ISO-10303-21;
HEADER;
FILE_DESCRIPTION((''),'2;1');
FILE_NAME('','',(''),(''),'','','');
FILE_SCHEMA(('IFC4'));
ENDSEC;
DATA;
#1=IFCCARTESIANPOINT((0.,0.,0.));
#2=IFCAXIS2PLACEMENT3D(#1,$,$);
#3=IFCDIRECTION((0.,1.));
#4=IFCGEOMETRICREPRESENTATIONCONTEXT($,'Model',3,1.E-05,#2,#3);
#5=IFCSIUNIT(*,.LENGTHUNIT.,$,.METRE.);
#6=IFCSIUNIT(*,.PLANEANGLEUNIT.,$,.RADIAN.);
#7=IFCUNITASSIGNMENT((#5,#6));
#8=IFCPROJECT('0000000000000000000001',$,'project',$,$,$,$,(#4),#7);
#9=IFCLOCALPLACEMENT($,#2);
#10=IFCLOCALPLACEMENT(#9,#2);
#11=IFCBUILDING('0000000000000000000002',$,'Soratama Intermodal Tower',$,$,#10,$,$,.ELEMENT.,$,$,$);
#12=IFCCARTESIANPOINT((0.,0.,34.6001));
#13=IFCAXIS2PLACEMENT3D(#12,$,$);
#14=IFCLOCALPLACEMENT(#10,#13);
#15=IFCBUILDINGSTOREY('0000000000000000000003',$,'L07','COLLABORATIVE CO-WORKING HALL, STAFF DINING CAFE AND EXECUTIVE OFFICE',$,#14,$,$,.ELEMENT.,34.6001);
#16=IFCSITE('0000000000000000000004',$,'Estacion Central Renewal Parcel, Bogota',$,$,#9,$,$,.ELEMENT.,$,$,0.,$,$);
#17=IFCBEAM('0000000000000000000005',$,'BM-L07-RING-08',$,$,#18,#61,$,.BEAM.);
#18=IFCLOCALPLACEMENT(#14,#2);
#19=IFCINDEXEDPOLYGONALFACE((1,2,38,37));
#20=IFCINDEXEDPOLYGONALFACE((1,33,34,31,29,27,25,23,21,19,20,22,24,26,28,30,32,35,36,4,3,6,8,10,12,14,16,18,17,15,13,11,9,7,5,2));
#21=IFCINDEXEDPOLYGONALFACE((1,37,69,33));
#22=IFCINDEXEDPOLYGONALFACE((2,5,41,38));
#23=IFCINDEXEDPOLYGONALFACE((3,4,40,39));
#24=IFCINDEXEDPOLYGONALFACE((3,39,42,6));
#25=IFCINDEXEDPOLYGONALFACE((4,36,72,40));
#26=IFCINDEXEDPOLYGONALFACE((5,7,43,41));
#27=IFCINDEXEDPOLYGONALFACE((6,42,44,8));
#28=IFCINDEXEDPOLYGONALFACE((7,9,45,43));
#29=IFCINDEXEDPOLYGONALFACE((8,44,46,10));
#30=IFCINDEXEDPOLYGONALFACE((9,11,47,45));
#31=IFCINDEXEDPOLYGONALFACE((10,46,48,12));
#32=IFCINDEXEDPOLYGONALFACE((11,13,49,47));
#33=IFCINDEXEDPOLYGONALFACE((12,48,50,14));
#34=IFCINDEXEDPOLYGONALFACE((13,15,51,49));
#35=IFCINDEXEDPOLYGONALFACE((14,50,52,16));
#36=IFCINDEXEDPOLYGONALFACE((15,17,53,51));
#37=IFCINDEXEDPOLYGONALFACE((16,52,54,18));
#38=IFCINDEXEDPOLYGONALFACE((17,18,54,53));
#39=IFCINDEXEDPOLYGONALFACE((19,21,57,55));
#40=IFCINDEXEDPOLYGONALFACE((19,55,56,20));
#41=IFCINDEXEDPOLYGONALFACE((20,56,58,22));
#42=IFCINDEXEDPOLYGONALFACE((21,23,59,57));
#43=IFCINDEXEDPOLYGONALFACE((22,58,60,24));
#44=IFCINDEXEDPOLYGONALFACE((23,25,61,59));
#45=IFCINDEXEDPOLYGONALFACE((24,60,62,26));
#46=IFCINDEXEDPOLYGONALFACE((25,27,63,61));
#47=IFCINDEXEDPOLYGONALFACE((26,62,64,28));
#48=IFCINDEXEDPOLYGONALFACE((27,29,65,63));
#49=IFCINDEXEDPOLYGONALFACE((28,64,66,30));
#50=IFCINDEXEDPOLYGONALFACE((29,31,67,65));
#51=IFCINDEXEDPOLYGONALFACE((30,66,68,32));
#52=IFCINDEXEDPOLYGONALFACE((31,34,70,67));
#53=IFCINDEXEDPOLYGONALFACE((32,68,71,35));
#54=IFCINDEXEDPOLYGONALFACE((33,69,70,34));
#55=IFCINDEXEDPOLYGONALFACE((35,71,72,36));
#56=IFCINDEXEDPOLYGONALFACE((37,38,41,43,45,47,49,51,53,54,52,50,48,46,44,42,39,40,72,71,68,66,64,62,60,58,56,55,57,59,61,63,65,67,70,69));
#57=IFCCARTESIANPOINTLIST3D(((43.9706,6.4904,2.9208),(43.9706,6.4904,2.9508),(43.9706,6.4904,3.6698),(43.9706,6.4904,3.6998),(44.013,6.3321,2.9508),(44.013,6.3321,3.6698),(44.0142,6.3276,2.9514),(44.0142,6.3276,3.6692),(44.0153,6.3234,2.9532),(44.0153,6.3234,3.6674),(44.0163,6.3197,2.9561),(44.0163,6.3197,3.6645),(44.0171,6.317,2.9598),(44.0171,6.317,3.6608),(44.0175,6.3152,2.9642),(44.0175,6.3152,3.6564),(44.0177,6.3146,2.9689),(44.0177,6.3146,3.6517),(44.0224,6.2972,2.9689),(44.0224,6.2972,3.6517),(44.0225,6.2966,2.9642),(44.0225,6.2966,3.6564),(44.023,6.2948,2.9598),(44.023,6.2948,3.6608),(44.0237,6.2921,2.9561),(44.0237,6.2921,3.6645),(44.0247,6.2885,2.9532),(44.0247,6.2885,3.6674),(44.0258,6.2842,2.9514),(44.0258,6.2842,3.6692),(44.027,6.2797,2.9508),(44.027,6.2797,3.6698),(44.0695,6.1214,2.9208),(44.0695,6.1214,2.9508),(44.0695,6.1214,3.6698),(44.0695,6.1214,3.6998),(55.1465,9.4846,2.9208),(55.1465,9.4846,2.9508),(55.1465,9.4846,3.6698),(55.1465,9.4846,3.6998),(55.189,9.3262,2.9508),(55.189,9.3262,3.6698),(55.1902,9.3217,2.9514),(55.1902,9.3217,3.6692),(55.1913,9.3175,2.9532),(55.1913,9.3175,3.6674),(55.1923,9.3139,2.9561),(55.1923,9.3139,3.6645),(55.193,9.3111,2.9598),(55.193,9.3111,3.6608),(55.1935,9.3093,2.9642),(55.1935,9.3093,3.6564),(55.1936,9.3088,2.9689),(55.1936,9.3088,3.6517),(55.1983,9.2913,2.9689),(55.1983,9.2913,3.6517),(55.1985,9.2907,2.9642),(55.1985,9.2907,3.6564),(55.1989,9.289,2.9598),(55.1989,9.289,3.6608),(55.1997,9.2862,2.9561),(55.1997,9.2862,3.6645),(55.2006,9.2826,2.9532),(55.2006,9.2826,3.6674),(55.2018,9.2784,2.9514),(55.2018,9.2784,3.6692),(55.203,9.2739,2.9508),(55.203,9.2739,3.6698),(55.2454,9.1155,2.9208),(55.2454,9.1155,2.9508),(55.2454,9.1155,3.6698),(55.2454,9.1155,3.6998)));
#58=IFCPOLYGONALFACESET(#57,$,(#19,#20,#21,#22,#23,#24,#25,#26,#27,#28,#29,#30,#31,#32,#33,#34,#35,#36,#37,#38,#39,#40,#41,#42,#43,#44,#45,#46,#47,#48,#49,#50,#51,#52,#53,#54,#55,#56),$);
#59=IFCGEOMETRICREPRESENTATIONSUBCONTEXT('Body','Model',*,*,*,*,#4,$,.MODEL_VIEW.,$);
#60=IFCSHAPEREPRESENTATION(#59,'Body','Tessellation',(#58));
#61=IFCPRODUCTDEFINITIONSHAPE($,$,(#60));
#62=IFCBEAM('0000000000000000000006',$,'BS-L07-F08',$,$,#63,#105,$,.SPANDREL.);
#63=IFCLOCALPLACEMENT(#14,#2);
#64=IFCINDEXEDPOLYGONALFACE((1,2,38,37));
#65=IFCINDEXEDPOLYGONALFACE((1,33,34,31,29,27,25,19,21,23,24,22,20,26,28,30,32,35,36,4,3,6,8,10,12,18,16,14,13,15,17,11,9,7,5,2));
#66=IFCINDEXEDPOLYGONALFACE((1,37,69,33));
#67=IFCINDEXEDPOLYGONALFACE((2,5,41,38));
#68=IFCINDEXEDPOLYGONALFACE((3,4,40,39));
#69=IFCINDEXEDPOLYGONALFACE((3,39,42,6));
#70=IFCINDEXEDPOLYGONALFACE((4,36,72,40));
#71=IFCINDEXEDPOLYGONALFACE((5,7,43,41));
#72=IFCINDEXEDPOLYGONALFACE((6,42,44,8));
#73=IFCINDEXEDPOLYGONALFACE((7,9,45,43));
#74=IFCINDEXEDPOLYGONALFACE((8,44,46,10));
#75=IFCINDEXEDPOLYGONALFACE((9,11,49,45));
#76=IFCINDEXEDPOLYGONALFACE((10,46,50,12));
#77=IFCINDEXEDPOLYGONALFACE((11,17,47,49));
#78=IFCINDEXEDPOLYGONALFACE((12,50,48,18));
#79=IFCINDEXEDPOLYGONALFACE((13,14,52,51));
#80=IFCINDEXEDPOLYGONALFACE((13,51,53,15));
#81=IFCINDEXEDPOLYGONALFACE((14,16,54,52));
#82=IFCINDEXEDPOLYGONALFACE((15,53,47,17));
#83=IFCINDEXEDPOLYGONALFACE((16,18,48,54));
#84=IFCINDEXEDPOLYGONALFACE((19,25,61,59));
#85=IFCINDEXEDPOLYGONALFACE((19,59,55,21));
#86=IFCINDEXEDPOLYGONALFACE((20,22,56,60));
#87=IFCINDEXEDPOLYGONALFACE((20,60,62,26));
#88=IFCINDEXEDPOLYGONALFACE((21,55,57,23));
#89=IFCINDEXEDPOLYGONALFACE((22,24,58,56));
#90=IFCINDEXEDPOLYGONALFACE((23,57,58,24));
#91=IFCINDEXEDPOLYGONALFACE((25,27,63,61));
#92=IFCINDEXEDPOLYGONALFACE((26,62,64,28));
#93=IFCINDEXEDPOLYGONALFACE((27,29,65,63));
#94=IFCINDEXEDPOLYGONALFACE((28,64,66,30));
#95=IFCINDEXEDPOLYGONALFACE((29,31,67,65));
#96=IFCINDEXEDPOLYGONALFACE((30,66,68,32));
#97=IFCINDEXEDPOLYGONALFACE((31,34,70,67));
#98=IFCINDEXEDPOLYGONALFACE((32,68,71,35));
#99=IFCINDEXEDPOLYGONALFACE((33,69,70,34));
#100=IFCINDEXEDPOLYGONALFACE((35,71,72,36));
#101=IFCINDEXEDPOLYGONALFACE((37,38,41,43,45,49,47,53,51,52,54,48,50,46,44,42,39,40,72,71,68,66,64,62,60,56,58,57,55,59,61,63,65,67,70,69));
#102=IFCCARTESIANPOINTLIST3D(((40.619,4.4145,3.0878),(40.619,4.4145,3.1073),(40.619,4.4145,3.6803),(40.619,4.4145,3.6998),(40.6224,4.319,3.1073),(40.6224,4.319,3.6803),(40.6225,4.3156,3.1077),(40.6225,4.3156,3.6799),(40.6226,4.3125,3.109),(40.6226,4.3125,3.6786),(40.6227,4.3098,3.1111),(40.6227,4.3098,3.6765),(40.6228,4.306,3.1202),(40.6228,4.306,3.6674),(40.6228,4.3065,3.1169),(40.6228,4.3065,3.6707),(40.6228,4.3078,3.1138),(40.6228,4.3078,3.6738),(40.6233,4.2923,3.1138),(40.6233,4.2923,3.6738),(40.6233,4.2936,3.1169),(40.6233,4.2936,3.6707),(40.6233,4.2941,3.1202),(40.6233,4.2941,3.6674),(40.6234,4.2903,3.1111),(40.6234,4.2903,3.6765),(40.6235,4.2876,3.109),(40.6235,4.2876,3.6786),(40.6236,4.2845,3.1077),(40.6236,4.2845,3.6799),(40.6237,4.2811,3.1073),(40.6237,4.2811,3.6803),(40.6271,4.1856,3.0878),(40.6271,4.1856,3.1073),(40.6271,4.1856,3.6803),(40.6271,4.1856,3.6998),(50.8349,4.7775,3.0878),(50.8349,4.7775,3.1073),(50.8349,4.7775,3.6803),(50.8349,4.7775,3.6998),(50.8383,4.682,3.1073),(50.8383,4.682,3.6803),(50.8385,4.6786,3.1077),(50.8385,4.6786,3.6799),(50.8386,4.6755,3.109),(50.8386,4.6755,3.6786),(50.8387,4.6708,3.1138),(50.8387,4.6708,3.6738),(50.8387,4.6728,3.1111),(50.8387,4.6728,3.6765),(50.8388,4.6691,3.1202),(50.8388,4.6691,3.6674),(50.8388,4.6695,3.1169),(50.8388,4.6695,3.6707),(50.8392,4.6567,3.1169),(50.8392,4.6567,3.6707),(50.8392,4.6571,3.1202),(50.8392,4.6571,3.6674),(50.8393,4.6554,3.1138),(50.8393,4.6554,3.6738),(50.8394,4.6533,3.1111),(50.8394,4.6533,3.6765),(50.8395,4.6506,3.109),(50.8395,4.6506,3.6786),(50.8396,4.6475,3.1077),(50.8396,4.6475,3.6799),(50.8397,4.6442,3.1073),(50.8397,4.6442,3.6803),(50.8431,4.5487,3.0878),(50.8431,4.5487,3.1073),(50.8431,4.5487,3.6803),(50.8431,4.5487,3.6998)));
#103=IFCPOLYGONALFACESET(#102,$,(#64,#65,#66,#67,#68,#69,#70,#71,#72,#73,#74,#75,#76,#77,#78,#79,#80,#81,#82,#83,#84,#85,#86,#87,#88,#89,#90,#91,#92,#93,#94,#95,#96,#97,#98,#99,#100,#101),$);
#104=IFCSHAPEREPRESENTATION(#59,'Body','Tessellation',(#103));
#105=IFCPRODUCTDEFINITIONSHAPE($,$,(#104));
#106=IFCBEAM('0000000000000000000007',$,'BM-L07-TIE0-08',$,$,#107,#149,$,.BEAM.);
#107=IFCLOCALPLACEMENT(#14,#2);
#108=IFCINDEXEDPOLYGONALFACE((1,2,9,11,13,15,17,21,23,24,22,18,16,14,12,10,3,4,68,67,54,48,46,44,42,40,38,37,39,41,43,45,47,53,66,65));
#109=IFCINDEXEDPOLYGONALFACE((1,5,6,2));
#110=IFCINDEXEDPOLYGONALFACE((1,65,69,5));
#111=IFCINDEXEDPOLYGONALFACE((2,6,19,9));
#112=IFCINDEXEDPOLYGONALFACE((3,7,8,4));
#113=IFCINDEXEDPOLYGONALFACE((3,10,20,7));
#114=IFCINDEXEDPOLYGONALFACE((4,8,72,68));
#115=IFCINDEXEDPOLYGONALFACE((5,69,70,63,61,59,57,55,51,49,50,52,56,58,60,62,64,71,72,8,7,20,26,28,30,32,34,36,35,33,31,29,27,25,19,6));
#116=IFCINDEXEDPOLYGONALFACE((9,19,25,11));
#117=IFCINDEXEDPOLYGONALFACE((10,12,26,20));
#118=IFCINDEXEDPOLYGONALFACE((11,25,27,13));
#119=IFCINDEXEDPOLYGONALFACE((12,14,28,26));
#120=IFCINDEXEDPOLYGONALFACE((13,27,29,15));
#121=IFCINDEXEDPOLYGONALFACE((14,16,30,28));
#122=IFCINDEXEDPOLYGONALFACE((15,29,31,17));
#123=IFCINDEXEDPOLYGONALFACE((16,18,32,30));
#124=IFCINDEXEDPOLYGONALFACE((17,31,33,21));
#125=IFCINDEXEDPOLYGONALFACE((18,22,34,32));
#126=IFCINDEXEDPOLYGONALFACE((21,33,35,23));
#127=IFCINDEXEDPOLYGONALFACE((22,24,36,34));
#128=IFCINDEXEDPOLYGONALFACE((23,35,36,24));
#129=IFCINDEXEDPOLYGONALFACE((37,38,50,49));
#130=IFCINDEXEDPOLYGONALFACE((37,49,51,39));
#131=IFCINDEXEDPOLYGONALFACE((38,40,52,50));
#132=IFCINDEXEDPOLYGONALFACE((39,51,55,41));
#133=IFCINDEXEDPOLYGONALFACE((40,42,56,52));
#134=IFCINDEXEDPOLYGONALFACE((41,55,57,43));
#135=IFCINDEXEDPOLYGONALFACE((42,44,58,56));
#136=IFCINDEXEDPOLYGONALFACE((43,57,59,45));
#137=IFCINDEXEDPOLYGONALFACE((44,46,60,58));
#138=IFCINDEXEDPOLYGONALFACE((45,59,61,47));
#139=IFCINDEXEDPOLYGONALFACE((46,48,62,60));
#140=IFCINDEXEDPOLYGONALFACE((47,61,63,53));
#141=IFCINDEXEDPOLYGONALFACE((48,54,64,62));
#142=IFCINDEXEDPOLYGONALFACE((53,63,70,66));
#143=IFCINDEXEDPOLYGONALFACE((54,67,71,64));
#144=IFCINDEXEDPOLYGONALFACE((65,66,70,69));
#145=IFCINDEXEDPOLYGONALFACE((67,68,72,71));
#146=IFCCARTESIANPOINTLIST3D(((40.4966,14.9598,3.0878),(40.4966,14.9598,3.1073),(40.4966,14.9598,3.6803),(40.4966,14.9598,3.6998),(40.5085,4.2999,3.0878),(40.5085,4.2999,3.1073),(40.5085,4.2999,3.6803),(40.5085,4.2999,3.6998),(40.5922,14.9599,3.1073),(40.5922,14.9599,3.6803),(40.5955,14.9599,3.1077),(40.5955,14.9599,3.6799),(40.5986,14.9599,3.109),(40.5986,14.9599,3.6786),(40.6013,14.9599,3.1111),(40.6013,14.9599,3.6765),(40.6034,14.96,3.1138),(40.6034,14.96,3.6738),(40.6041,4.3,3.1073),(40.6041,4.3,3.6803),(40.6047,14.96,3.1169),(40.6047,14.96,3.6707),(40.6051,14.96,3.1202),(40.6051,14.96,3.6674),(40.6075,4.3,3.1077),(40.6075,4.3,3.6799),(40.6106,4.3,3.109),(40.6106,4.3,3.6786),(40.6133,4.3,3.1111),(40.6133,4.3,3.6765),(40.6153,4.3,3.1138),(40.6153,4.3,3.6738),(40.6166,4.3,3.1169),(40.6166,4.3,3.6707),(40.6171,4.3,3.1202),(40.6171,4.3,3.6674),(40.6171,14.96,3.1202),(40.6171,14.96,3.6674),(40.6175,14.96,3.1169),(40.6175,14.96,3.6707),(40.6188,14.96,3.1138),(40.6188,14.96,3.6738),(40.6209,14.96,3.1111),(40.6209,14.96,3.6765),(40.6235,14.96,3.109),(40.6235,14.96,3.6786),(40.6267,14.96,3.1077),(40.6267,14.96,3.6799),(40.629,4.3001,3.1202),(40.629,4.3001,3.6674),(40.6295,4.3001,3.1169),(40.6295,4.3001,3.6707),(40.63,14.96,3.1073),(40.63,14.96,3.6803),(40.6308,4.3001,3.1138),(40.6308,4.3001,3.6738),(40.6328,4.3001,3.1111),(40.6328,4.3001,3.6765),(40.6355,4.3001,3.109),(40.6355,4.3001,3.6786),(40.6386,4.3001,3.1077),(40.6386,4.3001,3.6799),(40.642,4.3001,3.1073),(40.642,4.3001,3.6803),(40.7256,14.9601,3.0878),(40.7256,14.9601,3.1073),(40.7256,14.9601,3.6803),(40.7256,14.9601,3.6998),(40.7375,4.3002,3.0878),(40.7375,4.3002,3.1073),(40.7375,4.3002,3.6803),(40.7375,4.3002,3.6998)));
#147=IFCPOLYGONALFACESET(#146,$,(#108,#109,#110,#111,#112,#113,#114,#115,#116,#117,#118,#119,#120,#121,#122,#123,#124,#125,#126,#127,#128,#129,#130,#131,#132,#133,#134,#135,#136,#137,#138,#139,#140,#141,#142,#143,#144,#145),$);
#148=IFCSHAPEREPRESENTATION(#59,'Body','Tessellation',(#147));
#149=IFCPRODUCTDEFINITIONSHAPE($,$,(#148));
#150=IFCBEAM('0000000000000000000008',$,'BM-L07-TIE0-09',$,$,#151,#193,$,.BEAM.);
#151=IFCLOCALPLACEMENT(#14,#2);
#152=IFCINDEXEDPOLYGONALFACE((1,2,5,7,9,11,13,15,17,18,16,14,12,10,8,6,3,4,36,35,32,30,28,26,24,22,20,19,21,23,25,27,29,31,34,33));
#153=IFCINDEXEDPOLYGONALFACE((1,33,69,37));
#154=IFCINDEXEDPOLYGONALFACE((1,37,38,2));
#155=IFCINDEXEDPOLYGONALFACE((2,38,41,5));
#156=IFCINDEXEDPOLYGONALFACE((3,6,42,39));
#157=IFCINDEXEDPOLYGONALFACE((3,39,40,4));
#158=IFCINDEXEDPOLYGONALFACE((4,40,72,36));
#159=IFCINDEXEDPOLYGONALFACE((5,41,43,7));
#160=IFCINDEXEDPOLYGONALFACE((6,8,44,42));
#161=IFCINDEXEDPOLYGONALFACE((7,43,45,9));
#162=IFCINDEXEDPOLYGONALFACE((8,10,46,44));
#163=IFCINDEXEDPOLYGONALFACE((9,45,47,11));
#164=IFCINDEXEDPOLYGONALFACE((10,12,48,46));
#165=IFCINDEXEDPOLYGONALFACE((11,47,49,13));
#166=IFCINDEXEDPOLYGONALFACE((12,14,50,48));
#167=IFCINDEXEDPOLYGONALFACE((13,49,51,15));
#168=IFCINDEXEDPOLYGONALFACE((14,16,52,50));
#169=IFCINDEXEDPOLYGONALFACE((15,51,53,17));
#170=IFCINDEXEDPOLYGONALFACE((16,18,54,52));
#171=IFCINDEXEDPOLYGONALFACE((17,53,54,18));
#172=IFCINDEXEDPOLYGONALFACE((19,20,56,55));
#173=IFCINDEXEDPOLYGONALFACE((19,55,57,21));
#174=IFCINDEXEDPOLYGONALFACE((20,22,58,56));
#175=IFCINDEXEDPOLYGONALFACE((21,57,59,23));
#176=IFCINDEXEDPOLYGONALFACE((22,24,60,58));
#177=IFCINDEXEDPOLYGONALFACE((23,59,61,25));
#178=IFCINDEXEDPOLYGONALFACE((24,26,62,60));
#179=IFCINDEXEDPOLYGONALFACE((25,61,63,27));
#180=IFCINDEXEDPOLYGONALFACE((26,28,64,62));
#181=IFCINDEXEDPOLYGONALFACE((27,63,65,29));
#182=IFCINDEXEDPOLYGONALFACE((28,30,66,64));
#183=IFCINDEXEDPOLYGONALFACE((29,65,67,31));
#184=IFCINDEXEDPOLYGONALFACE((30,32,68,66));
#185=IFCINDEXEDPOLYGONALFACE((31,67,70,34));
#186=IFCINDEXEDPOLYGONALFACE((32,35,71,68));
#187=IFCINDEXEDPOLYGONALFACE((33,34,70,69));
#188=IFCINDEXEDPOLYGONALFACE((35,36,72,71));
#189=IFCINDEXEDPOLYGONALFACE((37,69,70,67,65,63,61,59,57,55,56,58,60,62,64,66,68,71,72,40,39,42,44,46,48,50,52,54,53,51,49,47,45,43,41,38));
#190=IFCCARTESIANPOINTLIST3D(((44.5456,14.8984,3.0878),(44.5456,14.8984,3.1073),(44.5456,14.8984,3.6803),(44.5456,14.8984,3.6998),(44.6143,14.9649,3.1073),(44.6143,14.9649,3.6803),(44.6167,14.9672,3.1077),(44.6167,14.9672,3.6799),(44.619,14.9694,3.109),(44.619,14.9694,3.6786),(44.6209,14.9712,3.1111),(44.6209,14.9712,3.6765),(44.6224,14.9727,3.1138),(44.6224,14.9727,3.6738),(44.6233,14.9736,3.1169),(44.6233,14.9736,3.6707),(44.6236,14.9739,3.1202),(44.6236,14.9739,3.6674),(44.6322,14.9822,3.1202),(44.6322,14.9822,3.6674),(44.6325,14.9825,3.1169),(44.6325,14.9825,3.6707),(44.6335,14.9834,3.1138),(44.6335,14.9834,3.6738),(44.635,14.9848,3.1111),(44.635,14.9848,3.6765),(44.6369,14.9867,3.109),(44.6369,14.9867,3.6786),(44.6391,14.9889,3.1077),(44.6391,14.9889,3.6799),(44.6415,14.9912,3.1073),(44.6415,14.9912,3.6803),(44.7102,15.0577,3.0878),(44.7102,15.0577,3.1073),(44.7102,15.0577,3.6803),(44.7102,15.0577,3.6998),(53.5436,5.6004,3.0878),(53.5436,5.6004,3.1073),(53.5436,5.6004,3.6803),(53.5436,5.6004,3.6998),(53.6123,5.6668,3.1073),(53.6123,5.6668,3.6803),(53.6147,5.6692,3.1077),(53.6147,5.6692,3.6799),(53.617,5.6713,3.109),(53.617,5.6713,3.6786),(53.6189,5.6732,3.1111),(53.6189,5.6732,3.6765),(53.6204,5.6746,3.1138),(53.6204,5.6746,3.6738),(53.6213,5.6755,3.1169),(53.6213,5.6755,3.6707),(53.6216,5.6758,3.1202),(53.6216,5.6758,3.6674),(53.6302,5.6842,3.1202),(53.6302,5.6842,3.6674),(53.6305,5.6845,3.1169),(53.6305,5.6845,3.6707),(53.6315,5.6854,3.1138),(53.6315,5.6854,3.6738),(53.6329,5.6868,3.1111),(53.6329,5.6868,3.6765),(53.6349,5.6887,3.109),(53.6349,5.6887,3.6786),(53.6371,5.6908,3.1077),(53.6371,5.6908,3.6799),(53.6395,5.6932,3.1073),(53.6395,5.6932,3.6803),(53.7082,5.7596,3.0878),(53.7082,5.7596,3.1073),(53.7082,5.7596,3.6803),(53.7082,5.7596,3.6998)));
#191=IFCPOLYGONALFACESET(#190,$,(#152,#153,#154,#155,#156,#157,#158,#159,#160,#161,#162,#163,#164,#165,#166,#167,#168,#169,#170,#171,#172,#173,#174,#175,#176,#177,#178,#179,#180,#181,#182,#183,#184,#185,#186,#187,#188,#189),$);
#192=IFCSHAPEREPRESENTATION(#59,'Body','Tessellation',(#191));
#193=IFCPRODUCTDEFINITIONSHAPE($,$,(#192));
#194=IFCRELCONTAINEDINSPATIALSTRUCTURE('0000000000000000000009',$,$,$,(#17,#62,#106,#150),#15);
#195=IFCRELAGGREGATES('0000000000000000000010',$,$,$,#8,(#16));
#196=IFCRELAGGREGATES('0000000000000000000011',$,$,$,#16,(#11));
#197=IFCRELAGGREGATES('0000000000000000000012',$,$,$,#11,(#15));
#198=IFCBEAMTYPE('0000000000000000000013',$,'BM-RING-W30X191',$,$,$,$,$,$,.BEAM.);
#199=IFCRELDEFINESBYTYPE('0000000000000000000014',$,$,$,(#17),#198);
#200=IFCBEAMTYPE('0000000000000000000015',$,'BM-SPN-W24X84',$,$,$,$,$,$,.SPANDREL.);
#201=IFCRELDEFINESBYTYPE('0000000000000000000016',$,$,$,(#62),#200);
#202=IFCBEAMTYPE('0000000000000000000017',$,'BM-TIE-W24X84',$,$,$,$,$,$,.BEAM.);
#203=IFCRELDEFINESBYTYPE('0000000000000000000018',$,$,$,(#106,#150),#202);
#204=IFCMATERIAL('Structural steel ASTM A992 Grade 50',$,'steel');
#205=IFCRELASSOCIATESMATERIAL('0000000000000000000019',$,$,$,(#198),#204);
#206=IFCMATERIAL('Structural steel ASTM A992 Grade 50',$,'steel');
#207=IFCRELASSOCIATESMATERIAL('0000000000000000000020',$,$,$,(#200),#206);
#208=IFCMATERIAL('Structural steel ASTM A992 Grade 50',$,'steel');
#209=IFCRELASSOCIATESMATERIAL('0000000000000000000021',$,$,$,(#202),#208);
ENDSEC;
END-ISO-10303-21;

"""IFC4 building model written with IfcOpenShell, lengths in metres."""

from ifc_helpers import new_model, si_unit, direction, frame, origin, origin_2d, place, context, subcontext, project, spatial, i_section, extrude, material, material_profile, profile_set, type_object, element, save


model = new_model("IFC4")

# Units and contexts
model_context = context("Model", 3, precision=1e-05, world=origin(), true_north=direction((0.0, 1.0)))
body_context = subcontext(model_context, "Body", "Model", "MODEL_VIEW")
ifc_project = project(units=[si_unit("LENGTHUNIT", "METRE"), si_unit("PLANEANGLEUNIT", "RADIAN")], contexts=[model_context])

# Site, building, storey
site_placement = place(None, origin())
site = spatial("IfcSite", under=ifc_project, at=site_placement, Name="Estacion Central Renewal Parcel, Bogota", CompositionType="ELEMENT", RefElevation=0.0)
building_placement = place(site_placement, origin())
building = spatial("IfcBuilding", under=site, at=building_placement, Name="Soratama Intermodal Tower", CompositionType="ELEMENT")
storey_placement = place(building_placement, frame((0.0, 0.0, 34.6001)))
storey = spatial("IfcBuildingStorey", under=building, at=storey_placement, Name="L07", Description="COLLABORATIVE CO-WORKING HALL, STAFF DINING CAFE AND EXECUTIVE OFFICE", CompositionType="ELEMENT", Elevation=34.6001)

# Beams
ifc_material_1 = material(Name="Structural steel ASTM A992 Grade 50", Category="steel")
ifc_material_profile_1 = material_profile(ifc_material_1, i_section(OverallWidth=0.3821, OverallDepth=0.7791, WebThickness=0.0181, FlangeThickness=0.03, FilletRadius=0.0181, at=origin_2d()), Name="W30X191")
ifc_profile_set_1 = profile_set([ifc_material_profile_1], Name="Structural steel ASTM A992 Grade 50")
beam_type_1 = type_object("IfcBeamType", Name="BM-RING-W30X191", PredefinedType="BEAM", material=ifc_profile_set_1)
beam_1_placement = place(storey_placement, frame((44.02, 6.3059, 3.3103), z_axis=(0.965936, 0.258781, 0.0), x_axis=(-0.258781, 0.965936, 0.0)))
element("IfcBeam", 1, at=beam_1_placement, inside=storey, type_object=beam_type_1, Name="BM-L07-RING-08", PredefinedType="BEAM", context=body_context, shape_type="SweptSolid", body=[
    extrude(i_section(OverallWidth=0.3821, OverallDepth=0.7791, WebThickness=0.0181, FlangeThickness=0.03, FilletRadius=0.0181, at=origin_2d()), origin(), (0.0, 0.0, 1.0), 11.5701),
])
ifc_material_2 = material(Name="Structural steel ASTM A992 Grade 50", Category="steel")
ifc_material_profile_2 = material_profile(ifc_material_2, i_section(OverallWidth=0.229, OverallDepth=0.6121, WebThickness=0.012, FlangeThickness=0.0195, FilletRadius=0.0129, at=origin_2d()), Name="W24X84")
ifc_profile_set_2 = profile_set([ifc_material_profile_2], Name="Structural steel ASTM A992 Grade 50")
beam_type_2 = type_object("IfcBeamType", Name="BM-SPN-W24X84", PredefinedType="SPANDREL", material=ifc_profile_set_2)
beam_2_placement = place(storey_placement, frame((40.623, 4.3, 3.3938), z_axis=(0.999369, 0.035513, 0.0), x_axis=(-0.035513, 0.999369, 0.0)))
element("IfcBeam", 2, at=beam_2_placement, inside=storey, type_object=beam_type_2, Name="BS-L07-F08", PredefinedType="SPANDREL", context=body_context, shape_type="SweptSolid", body=[
    extrude(i_section(OverallWidth=0.229, OverallDepth=0.6121, WebThickness=0.012, FlangeThickness=0.0195, FilletRadius=0.0129, at=origin_2d()), origin(), (0.0, 0.0, 1.0), 10.2224),
])
ifc_material_3 = material(Name="Structural steel ASTM A992 Grade 50", Category="steel")
ifc_material_profile_3 = material_profile(ifc_material_3, i_section(OverallWidth=0.229, OverallDepth=0.6121, WebThickness=0.012, FlangeThickness=0.0195, FilletRadius=0.0129, at=origin_2d()), Name="W24X84")
ifc_profile_set_3 = profile_set([ifc_material_profile_3], Name="Structural steel ASTM A992 Grade 50")
beam_type_3 = type_object("IfcBeamType", Name="BM-TIE-W24X84", PredefinedType="BEAM", material=ifc_profile_set_3)
beam_3_placement = place(storey_placement, frame((40.6111, 14.96, 3.3938), z_axis=(0.001122, -0.999999, 0.0), x_axis=(0.999999, 0.001122, 0.0)))
element("IfcBeam", 3, at=beam_3_placement, inside=storey, type_object=beam_type_3, Name="BM-L07-TIE0-08", PredefinedType="BEAM", context=body_context, shape_type="SweptSolid", body=[
    extrude(i_section(OverallWidth=0.229, OverallDepth=0.6121, WebThickness=0.012, FlangeThickness=0.0195, FilletRadius=0.0129, at=origin_2d()), origin(), (0.0, 0.0, 1.0), 10.6599),
])
beam_4_placement = place(storey_placement, frame((44.6279, 14.978, 3.3938), z_axis=(0.695417, -0.718606, 0.0), x_axis=(0.718606, 0.695417, 0.0)))
element("IfcBeam", 4, at=beam_4_placement, inside=storey, type_object=beam_type_3, Name="BM-L07-TIE0-09", PredefinedType="BEAM", context=body_context, shape_type="SweptSolid", body=[
    extrude(i_section(OverallWidth=0.229, OverallDepth=0.6121, WebThickness=0.012, FlangeThickness=0.0195, FilletRadius=0.0129, at=origin_2d()), origin(), (0.0, 0.0, 1.0), 12.939),
])

save(model, "model.ifc")
